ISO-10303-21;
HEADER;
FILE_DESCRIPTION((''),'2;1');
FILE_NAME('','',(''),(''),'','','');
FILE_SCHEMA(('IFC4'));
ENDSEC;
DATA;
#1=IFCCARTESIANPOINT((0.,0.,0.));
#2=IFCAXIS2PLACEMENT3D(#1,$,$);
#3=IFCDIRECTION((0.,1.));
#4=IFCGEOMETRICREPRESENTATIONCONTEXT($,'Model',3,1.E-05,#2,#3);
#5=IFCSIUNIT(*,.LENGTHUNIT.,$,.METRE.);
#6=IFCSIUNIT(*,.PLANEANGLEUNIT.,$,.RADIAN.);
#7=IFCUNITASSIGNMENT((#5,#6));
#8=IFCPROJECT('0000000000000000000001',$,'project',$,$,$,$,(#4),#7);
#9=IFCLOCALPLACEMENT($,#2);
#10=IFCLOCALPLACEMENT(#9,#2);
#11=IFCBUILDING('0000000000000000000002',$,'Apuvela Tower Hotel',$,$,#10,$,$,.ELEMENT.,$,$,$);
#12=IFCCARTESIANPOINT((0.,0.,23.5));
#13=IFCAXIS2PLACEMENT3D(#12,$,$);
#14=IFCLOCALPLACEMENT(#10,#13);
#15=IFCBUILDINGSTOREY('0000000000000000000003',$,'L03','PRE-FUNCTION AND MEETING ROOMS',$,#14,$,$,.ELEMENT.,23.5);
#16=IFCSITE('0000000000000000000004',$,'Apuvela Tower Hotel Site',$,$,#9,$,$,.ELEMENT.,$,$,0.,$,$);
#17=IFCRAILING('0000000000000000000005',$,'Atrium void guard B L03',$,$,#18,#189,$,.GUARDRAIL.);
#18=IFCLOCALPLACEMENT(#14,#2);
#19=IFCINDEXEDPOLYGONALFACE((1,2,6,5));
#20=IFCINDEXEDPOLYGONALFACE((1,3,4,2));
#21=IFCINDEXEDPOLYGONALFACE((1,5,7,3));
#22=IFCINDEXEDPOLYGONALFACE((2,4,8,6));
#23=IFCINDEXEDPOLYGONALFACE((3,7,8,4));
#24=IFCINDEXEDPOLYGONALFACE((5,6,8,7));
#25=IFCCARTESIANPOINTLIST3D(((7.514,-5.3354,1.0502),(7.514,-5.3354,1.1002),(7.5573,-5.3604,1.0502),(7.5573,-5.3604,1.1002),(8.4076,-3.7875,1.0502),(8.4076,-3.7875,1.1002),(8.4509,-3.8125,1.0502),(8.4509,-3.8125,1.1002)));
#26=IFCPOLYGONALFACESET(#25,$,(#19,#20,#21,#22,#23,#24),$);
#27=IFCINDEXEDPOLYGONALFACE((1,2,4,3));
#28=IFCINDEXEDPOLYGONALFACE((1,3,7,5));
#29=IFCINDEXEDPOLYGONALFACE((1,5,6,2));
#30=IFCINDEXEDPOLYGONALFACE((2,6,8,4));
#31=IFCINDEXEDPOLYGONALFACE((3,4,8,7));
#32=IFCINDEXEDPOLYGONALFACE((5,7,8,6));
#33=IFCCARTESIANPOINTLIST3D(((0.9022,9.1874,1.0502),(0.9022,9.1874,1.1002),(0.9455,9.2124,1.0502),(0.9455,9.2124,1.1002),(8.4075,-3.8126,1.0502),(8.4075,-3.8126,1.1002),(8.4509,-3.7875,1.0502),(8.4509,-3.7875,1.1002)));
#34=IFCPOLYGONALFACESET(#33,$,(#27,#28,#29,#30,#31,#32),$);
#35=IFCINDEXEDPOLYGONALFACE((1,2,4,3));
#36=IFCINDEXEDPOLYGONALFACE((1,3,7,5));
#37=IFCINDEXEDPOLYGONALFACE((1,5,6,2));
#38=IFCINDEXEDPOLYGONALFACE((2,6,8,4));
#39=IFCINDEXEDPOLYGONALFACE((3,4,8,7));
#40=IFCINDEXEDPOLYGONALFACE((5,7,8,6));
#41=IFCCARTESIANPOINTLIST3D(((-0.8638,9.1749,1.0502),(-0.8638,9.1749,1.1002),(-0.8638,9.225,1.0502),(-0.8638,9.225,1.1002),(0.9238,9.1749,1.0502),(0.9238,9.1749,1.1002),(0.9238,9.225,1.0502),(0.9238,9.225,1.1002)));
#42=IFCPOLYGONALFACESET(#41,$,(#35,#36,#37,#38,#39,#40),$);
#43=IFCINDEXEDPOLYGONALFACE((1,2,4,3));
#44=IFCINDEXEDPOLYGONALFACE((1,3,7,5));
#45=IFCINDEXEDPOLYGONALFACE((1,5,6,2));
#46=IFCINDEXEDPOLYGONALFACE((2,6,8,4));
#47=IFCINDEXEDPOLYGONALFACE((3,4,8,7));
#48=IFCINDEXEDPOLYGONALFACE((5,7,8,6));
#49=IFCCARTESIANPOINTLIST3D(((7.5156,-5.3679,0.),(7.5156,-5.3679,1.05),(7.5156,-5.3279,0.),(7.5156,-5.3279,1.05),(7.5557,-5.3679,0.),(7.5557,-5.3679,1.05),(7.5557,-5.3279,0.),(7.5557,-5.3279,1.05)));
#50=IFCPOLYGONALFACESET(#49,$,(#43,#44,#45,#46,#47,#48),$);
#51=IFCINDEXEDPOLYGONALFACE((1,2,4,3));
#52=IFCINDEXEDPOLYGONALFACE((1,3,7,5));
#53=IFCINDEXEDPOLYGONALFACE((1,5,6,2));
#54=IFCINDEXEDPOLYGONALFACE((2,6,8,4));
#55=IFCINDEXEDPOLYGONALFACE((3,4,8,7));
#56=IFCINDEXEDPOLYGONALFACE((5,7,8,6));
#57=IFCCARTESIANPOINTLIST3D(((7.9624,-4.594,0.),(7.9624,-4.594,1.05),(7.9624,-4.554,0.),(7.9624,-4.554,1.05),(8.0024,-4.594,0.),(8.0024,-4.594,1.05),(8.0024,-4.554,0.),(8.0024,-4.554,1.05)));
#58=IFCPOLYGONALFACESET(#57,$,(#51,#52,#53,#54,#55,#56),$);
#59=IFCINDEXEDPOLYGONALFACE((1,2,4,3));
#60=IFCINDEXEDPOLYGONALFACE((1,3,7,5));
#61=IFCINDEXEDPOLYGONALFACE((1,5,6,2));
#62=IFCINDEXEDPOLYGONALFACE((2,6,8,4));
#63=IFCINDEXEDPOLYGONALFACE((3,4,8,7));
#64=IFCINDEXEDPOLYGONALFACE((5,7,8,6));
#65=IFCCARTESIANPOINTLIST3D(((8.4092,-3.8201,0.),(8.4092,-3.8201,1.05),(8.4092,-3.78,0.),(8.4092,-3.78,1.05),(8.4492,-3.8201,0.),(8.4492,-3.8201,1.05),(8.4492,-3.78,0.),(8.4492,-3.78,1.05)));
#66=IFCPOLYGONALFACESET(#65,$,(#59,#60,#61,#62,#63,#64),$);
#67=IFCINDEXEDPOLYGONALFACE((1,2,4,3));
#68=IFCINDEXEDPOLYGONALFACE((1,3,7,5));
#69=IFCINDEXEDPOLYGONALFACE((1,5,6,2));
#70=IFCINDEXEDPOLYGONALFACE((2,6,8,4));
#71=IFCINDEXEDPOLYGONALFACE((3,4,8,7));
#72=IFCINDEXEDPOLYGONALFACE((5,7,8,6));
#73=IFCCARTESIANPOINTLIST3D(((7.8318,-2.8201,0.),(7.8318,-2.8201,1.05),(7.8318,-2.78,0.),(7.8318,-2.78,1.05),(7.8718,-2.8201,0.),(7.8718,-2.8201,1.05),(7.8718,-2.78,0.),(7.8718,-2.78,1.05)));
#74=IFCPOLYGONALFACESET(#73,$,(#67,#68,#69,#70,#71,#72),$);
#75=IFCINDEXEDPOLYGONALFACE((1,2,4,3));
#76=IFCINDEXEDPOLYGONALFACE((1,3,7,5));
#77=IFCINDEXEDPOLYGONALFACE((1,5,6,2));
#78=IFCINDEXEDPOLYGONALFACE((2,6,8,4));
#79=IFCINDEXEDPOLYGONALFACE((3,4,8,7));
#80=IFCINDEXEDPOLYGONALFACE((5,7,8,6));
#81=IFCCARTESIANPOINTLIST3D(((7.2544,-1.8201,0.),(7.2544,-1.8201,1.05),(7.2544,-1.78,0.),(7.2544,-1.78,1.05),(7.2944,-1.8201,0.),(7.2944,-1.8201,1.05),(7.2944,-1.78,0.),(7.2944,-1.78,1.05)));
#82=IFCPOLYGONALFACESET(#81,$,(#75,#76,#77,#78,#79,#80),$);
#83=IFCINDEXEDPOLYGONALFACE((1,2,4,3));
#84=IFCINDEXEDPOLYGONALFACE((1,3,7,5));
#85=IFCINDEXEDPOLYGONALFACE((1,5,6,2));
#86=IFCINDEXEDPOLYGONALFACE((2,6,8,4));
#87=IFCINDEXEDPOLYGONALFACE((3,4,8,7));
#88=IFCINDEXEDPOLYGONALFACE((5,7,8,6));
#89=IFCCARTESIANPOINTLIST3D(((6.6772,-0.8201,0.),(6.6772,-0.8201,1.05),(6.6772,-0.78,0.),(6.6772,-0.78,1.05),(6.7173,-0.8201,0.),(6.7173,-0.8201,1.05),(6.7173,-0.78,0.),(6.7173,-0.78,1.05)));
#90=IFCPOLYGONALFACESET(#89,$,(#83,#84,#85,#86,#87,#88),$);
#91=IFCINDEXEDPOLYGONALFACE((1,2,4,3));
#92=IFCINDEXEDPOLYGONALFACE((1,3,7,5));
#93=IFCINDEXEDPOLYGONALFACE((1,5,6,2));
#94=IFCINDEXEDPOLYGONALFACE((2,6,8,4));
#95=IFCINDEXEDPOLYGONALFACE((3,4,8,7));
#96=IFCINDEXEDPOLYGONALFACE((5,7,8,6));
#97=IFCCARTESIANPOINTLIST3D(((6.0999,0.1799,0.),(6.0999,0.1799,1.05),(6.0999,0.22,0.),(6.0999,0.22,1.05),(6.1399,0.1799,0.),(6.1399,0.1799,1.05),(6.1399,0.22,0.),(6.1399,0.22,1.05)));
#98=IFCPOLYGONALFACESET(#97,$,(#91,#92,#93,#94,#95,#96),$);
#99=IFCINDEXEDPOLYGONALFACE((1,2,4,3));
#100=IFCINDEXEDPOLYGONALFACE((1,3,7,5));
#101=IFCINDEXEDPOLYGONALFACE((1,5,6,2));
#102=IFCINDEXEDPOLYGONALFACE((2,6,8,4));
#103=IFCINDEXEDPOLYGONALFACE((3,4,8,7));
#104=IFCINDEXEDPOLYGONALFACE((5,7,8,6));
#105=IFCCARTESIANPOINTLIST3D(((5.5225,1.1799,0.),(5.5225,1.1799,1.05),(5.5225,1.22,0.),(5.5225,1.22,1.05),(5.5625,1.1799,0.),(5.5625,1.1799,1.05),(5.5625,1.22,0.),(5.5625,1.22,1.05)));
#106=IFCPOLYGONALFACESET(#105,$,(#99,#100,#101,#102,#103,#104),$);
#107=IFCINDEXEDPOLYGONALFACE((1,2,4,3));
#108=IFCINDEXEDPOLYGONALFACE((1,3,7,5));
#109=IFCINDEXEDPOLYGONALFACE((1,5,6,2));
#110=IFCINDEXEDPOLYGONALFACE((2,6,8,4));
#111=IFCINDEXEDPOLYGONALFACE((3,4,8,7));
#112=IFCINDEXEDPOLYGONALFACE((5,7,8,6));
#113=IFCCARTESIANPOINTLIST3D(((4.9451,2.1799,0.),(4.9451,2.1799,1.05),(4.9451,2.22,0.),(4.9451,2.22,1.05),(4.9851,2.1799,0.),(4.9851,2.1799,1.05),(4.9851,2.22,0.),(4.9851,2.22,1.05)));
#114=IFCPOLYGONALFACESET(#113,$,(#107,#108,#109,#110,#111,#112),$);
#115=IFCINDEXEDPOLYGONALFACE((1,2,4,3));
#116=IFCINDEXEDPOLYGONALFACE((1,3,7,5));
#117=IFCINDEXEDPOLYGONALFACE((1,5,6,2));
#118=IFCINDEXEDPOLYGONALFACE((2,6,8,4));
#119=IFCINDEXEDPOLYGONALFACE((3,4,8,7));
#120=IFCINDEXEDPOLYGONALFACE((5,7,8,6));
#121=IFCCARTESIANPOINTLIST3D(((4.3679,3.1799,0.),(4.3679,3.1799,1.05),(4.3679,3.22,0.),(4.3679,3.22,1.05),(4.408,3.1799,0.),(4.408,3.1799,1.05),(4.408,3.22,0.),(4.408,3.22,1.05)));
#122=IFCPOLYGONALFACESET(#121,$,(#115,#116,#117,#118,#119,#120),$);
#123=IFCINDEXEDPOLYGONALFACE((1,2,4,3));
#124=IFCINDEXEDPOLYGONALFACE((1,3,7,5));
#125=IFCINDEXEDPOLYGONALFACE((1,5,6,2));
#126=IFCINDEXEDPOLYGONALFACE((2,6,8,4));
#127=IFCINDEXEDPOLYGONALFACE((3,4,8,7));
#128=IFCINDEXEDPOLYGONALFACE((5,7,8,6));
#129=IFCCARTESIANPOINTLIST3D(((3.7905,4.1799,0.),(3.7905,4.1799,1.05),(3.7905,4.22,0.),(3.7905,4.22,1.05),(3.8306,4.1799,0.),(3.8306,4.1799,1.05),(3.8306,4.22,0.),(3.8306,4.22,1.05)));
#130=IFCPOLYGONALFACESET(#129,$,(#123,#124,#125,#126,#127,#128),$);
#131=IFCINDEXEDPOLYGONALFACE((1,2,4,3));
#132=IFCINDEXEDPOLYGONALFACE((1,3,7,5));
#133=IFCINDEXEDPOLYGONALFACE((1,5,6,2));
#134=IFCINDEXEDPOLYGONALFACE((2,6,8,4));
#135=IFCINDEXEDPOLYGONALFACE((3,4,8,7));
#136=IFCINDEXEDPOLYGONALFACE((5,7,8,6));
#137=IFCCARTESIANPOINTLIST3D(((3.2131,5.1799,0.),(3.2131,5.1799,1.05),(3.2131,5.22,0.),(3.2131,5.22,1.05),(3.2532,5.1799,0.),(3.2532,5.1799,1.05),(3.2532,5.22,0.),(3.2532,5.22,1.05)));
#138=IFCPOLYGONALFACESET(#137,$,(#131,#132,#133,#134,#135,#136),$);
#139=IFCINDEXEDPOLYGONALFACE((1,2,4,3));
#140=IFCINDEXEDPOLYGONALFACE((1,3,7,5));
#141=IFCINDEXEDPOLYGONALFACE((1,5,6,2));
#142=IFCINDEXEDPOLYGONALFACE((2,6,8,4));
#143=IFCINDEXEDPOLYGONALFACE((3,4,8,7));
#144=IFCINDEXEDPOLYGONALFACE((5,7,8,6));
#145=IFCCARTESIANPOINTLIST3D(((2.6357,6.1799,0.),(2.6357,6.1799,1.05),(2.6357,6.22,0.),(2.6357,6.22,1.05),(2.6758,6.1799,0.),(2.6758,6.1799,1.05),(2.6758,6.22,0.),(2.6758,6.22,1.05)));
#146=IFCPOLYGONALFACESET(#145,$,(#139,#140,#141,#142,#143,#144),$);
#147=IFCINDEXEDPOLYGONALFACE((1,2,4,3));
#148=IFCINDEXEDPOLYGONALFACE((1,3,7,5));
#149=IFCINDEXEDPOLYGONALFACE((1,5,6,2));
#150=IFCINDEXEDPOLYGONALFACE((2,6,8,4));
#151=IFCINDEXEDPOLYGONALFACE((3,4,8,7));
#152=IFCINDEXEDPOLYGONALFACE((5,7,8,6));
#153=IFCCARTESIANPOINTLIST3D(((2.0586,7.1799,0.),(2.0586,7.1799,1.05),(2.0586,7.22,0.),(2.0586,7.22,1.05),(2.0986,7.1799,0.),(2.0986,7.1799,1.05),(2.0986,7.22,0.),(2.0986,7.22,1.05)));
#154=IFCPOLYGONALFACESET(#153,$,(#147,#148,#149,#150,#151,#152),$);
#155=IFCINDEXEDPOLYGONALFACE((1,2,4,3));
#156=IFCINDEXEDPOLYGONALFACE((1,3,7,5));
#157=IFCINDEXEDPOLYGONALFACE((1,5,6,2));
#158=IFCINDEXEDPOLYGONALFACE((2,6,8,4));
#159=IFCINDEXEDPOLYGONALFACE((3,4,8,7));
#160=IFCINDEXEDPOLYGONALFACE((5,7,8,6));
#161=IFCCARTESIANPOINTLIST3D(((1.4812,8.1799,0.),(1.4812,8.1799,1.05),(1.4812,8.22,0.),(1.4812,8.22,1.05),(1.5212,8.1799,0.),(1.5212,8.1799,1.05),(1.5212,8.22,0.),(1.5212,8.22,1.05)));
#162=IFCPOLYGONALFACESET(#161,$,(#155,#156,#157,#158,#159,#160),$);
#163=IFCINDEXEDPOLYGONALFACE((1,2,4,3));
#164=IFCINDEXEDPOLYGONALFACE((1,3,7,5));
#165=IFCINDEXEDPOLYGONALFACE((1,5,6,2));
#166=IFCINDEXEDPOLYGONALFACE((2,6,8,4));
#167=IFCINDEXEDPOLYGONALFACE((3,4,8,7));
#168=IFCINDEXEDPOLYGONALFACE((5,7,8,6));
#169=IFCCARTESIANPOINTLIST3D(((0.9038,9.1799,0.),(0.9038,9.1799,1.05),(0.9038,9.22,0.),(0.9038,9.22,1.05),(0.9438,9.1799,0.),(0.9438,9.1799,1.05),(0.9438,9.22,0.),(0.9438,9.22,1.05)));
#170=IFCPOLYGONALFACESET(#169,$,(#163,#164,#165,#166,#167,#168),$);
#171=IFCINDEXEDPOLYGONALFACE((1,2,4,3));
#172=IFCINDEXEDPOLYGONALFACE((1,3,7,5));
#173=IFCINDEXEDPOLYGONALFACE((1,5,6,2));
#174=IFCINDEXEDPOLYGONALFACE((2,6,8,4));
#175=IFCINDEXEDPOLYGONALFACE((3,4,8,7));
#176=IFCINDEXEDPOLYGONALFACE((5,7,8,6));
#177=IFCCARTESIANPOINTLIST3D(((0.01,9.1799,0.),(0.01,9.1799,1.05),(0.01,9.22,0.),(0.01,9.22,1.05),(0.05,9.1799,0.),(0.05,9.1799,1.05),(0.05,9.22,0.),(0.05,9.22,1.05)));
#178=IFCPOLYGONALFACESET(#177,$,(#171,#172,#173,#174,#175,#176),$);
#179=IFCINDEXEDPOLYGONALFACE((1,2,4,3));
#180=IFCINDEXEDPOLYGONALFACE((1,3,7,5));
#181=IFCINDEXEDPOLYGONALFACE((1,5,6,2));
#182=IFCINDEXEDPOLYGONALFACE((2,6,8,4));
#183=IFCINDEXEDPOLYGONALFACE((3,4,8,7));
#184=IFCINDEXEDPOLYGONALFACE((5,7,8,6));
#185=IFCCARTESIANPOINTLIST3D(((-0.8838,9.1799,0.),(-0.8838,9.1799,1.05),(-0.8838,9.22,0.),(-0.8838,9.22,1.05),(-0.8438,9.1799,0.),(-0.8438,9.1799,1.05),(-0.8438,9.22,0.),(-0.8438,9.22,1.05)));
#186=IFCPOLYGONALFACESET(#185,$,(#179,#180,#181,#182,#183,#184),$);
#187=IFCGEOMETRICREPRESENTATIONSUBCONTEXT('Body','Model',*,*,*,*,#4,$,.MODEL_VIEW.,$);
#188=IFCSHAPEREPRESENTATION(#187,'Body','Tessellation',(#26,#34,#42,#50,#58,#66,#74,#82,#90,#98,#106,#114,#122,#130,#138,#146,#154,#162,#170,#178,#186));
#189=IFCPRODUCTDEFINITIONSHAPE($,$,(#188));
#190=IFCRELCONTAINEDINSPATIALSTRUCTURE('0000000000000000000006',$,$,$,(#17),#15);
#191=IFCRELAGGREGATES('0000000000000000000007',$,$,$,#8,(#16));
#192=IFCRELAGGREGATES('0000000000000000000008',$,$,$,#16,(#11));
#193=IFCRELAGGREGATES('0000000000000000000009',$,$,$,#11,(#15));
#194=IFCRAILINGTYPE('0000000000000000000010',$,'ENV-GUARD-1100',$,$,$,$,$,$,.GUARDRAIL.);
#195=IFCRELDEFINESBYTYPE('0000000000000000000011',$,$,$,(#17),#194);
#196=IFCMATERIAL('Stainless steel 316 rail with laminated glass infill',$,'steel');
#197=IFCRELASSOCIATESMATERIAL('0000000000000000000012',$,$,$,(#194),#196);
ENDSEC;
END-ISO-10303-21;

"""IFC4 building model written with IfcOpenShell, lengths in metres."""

from ifc_helpers import new_model, si_unit, direction, frame, origin, origin_2d, place, context, subcontext, project, spatial, rectangle, extrude, material, type_object, element, save


model = new_model("IFC4")

# Units and contexts
model_context = context("Model", 3, precision=1e-05, world=origin(), true_north=direction((0.0, 1.0)))
body_context = subcontext(model_context, "Body", "Model", "MODEL_VIEW")
ifc_project = project(units=[si_unit("LENGTHUNIT", "METRE"), si_unit("PLANEANGLEUNIT", "RADIAN")], contexts=[model_context])

# Site, building, storey
site_placement = place(None, origin())
site = spatial("IfcSite", under=ifc_project, at=site_placement, Name="Apuvela Tower Hotel Site", CompositionType="ELEMENT", RefElevation=0.0)
building_placement = place(site_placement, origin())
building = spatial("IfcBuilding", under=site, at=building_placement, Name="Apuvela Tower Hotel", CompositionType="ELEMENT")
storey_placement = place(building_placement, frame((0.0, 0.0, 23.5)))
storey = spatial("IfcBuildingStorey", under=building, at=storey_placement, Name="L03", Description="PRE-FUNCTION AND MEETING ROOMS", CompositionType="ELEMENT", Elevation=23.5)

# Railing
ifc_material_1 = material(Name="Stainless steel 316 rail with laminated glass infill", Category="steel")
railing_type = type_object("IfcRailingType", Name="ENV-GUARD-1100", PredefinedType="GUARDRAIL", material=ifc_material_1)
railing_placement = place(storey_placement, frame((7.5356, -5.3479, 0.0)))
element("IfcRailing", 1, at=railing_placement, inside=storey, type_object=railing_type, Name="Atrium void guard B L03", PredefinedType="GUARDRAIL", context=body_context, shape_type="SweptSolid", body=[
    extrude(rectangle(XDim=0.05, YDim=0.05, at=origin_2d()), frame((0.0, 0.0, 1.0752), z_axis=(0.499959, 0.866049, 0.0), x_axis=(-0.866049, 0.499959, 0.0)), (0.0, 0.0, 1.0), 1.7874),
    extrude(rectangle(XDim=0.05, YDim=0.05, at=origin_2d()), frame((0.8936, 1.5479, 1.0752), z_axis=(-0.499991, 0.866031, 0.0), x_axis=(-0.866031, -0.499991, 0.0)), (0.0, 0.0, 1.0), 15.011),
    extrude(rectangle(XDim=0.05, YDim=0.05, at=origin_2d()), frame((-6.6118, 14.5479, 1.0752), z_axis=(-1.0, 0.0, 0.0), x_axis=(0.0, -1.0, 0.0)), (0.0, 0.0, 1.0), 1.7876),
    extrude(rectangle(XDim=0.04, YDim=0.04, at=origin_2d()), origin(), (0.0, 0.0, 1.0), 1.05),
    extrude(rectangle(XDim=0.04, YDim=0.04, at=origin_2d()), frame((0.4468, 0.7739, 0.0)), (0.0, 0.0, 1.0), 1.05),
    extrude(rectangle(XDim=0.04, YDim=0.04, at=origin_2d()), frame((0.8936, 1.5479, 0.0)), (0.0, 0.0, 1.0), 1.05),
    extrude(rectangle(XDim=0.04, YDim=0.04, at=origin_2d()), frame((0.3162, 2.5479, 0.0)), (0.0, 0.0, 1.0), 1.05),
    extrude(rectangle(XDim=0.04, YDim=0.04, at=origin_2d()), frame((-0.2612, 3.5479, 0.0)), (0.0, 0.0, 1.0), 1.05),
    extrude(rectangle(XDim=0.04, YDim=0.04, at=origin_2d()), frame((-0.8384, 4.5479, 0.0)), (0.0, 0.0, 1.0), 1.05),
    extrude(rectangle(XDim=0.04, YDim=0.04, at=origin_2d()), frame((-1.4158, 5.5479, 0.0)), (0.0, 0.0, 1.0), 1.05),
    extrude(rectangle(XDim=0.04, YDim=0.04, at=origin_2d()), frame((-1.9932, 6.5479, 0.0)), (0.0, 0.0, 1.0), 1.05),
    extrude(rectangle(XDim=0.04, YDim=0.04, at=origin_2d()), frame((-2.5706, 7.5479, 0.0)), (0.0, 0.0, 1.0), 1.05),
    extrude(rectangle(XDim=0.04, YDim=0.04, at=origin_2d()), frame((-3.1477, 8.5479, 0.0)), (0.0, 0.0, 1.0), 1.05),
    extrude(rectangle(XDim=0.04, YDim=0.04, at=origin_2d()), frame((-3.7251, 9.5479, 0.0)), (0.0, 0.0, 1.0), 1.05),
    extrude(rectangle(XDim=0.04, YDim=0.04, at=origin_2d()), frame((-4.3025, 10.5479, 0.0)), (0.0, 0.0, 1.0), 1.05),
    extrude(rectangle(XDim=0.04, YDim=0.04, at=origin_2d()), frame((-4.8799, 11.5479, 0.0)), (0.0, 0.0, 1.0), 1.05),
    extrude(rectangle(XDim=0.04, YDim=0.04, at=origin_2d()), frame((-5.457, 12.5479, 0.0)), (0.0, 0.0, 1.0), 1.05),
    extrude(rectangle(XDim=0.04, YDim=0.04, at=origin_2d()), frame((-6.0344, 13.5479, 0.0)), (0.0, 0.0, 1.0), 1.05),
    extrude(rectangle(XDim=0.04, YDim=0.04, at=origin_2d()), frame((-6.6118, 14.5479, 0.0)), (0.0, 0.0, 1.0), 1.05),
    extrude(rectangle(XDim=0.04, YDim=0.04, at=origin_2d()), frame((-7.5056, 14.5479, 0.0)), (0.0, 0.0, 1.0), 1.05),
    extrude(rectangle(XDim=0.04, YDim=0.04, at=origin_2d()), frame((-8.3994, 14.5479, 0.0)), (0.0, 0.0, 1.0), 1.05),
])

save(model, "model.ifc")
